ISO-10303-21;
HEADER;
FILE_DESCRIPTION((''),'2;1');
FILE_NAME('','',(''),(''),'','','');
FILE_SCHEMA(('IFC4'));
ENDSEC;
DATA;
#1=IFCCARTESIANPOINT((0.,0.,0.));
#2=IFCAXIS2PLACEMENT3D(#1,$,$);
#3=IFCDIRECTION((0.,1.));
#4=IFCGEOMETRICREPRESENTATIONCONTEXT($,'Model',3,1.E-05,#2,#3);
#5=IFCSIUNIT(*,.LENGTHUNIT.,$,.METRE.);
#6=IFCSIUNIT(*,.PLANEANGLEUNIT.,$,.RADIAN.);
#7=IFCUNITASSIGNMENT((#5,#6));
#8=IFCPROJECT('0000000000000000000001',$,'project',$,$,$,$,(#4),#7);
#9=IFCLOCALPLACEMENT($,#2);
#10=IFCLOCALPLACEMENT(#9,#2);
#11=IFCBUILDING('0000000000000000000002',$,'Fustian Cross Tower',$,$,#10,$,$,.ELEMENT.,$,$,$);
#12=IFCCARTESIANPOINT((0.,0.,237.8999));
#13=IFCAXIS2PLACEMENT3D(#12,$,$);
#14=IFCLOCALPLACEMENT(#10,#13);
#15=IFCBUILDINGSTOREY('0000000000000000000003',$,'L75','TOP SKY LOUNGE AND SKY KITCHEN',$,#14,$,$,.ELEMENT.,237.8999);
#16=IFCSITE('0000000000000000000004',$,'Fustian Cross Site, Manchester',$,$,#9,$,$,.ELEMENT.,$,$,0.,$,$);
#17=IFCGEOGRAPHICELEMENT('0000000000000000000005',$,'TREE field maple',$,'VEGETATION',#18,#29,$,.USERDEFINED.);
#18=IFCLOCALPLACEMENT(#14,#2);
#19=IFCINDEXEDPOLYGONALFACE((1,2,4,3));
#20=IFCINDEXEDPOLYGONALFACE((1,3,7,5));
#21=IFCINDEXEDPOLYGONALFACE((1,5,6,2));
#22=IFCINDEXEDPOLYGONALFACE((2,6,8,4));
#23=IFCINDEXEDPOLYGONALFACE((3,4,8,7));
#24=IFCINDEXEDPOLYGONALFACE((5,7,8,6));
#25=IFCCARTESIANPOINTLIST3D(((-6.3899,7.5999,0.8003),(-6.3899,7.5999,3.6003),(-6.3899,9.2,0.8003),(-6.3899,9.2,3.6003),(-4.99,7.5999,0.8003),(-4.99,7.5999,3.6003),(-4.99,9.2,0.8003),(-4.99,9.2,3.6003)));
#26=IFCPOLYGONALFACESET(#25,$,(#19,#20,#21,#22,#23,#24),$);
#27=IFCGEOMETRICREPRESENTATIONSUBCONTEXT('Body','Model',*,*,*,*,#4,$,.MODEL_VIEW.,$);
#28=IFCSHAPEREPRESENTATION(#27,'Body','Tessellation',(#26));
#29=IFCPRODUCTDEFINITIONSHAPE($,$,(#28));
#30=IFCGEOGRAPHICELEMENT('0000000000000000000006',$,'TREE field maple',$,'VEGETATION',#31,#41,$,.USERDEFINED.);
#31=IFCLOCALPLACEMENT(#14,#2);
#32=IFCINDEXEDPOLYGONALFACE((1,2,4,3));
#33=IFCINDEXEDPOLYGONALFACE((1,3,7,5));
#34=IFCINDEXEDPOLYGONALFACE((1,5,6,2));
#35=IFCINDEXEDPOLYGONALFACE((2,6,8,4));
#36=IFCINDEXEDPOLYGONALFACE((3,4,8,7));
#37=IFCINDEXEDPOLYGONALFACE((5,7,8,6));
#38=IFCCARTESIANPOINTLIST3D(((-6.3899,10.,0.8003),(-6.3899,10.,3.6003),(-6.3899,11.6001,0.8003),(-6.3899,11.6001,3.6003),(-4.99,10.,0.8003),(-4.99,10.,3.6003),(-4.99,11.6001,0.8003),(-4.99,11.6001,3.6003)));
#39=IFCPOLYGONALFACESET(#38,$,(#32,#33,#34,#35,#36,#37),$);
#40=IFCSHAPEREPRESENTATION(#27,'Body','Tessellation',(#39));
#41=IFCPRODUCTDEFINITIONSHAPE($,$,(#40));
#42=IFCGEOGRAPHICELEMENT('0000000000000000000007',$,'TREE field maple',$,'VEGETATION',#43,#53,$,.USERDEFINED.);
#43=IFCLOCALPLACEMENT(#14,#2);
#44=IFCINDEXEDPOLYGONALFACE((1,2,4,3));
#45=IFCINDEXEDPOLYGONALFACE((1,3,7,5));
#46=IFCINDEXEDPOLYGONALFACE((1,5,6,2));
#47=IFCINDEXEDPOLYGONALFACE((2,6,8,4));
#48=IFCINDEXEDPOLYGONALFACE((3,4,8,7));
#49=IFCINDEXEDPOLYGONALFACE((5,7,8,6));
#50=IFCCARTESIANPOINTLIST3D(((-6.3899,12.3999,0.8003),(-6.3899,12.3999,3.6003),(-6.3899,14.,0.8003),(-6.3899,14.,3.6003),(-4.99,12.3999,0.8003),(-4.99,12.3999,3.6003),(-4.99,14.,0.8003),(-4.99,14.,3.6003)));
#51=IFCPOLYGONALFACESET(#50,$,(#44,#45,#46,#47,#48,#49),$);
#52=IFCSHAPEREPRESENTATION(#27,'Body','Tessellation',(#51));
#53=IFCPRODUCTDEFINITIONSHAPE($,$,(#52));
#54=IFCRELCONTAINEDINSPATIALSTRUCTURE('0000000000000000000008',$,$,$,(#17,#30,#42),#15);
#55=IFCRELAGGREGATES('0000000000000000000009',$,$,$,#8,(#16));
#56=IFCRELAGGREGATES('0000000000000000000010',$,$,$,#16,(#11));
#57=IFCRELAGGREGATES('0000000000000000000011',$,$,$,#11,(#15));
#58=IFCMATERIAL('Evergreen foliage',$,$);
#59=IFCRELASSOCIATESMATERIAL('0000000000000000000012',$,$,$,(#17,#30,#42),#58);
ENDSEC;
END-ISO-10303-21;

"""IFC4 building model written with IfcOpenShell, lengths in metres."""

from ifc_helpers import new_model, si_unit, direction, frame, origin, origin_2d, place, context, subcontext, project, spatial, rectangle, extrude, material, element, save


model = new_model("IFC4")

# Units and contexts
model_context = context("Model", 3, precision=1e-05, world=origin(), true_north=direction((0.0, 1.0)))
body_context = subcontext(model_context, "Body", "Model", "MODEL_VIEW")
ifc_project = project(units=[si_unit("LENGTHUNIT", "METRE"), si_unit("PLANEANGLEUNIT", "RADIAN")], contexts=[model_context])

# Site, building, storey
site_placement = place(None, origin())
site = spatial("IfcSite", under=ifc_project, at=site_placement, Name="Fustian Cross Site, Manchester", CompositionType="ELEMENT", RefElevation=0.0)
building_placement = place(site_placement, origin())
building = spatial("IfcBuilding", under=site, at=building_placement, Name="Fustian Cross Tower", CompositionType="ELEMENT")
storey_placement = place(building_placement, frame((0.0, 0.0, 237.8999)))
storey = spatial("IfcBuildingStorey", under=building, at=storey_placement, Name="L75", Description="TOP SKY LOUNGE AND SKY KITCHEN", CompositionType="ELEMENT", Elevation=237.8999)

# Geographic elements
ifc_material_1 = material(Name="Evergreen foliage")
for number, where, z_axis, x_axis, name in (
    (1, (-5.6899, 8.3999, 0.8003), (0.0, 0.0, 1.0), (1.0, 0.0, 0.0), "TREE field maple"),
    (2, (-5.6899, 10.8, 0.8003), (0.0, 0.0, 1.0), (1.0, 0.0, 0.0), "TREE field maple"),
    (3, (-5.6899, 13.2, 0.8003), (0.0, 0.0, 1.0), (1.0, 0.0, 0.0), "TREE field maple"),
):
    element("IfcGeographicElement", number, at=place(storey_placement, frame(where, z_axis=z_axis, x_axis=x_axis)), inside=storey, material=ifc_material_1, Name=name, ObjectType="VEGETATION", PredefinedType="USERDEFINED", context=body_context, shape_type="SweptSolid", body=[
        extrude(rectangle(XDim=1.3999, YDim=1.6001, at=origin_2d()), origin(), (0.0, 0.0, 1.0), 2.8),
    ])

save(model, "model.ifc")
